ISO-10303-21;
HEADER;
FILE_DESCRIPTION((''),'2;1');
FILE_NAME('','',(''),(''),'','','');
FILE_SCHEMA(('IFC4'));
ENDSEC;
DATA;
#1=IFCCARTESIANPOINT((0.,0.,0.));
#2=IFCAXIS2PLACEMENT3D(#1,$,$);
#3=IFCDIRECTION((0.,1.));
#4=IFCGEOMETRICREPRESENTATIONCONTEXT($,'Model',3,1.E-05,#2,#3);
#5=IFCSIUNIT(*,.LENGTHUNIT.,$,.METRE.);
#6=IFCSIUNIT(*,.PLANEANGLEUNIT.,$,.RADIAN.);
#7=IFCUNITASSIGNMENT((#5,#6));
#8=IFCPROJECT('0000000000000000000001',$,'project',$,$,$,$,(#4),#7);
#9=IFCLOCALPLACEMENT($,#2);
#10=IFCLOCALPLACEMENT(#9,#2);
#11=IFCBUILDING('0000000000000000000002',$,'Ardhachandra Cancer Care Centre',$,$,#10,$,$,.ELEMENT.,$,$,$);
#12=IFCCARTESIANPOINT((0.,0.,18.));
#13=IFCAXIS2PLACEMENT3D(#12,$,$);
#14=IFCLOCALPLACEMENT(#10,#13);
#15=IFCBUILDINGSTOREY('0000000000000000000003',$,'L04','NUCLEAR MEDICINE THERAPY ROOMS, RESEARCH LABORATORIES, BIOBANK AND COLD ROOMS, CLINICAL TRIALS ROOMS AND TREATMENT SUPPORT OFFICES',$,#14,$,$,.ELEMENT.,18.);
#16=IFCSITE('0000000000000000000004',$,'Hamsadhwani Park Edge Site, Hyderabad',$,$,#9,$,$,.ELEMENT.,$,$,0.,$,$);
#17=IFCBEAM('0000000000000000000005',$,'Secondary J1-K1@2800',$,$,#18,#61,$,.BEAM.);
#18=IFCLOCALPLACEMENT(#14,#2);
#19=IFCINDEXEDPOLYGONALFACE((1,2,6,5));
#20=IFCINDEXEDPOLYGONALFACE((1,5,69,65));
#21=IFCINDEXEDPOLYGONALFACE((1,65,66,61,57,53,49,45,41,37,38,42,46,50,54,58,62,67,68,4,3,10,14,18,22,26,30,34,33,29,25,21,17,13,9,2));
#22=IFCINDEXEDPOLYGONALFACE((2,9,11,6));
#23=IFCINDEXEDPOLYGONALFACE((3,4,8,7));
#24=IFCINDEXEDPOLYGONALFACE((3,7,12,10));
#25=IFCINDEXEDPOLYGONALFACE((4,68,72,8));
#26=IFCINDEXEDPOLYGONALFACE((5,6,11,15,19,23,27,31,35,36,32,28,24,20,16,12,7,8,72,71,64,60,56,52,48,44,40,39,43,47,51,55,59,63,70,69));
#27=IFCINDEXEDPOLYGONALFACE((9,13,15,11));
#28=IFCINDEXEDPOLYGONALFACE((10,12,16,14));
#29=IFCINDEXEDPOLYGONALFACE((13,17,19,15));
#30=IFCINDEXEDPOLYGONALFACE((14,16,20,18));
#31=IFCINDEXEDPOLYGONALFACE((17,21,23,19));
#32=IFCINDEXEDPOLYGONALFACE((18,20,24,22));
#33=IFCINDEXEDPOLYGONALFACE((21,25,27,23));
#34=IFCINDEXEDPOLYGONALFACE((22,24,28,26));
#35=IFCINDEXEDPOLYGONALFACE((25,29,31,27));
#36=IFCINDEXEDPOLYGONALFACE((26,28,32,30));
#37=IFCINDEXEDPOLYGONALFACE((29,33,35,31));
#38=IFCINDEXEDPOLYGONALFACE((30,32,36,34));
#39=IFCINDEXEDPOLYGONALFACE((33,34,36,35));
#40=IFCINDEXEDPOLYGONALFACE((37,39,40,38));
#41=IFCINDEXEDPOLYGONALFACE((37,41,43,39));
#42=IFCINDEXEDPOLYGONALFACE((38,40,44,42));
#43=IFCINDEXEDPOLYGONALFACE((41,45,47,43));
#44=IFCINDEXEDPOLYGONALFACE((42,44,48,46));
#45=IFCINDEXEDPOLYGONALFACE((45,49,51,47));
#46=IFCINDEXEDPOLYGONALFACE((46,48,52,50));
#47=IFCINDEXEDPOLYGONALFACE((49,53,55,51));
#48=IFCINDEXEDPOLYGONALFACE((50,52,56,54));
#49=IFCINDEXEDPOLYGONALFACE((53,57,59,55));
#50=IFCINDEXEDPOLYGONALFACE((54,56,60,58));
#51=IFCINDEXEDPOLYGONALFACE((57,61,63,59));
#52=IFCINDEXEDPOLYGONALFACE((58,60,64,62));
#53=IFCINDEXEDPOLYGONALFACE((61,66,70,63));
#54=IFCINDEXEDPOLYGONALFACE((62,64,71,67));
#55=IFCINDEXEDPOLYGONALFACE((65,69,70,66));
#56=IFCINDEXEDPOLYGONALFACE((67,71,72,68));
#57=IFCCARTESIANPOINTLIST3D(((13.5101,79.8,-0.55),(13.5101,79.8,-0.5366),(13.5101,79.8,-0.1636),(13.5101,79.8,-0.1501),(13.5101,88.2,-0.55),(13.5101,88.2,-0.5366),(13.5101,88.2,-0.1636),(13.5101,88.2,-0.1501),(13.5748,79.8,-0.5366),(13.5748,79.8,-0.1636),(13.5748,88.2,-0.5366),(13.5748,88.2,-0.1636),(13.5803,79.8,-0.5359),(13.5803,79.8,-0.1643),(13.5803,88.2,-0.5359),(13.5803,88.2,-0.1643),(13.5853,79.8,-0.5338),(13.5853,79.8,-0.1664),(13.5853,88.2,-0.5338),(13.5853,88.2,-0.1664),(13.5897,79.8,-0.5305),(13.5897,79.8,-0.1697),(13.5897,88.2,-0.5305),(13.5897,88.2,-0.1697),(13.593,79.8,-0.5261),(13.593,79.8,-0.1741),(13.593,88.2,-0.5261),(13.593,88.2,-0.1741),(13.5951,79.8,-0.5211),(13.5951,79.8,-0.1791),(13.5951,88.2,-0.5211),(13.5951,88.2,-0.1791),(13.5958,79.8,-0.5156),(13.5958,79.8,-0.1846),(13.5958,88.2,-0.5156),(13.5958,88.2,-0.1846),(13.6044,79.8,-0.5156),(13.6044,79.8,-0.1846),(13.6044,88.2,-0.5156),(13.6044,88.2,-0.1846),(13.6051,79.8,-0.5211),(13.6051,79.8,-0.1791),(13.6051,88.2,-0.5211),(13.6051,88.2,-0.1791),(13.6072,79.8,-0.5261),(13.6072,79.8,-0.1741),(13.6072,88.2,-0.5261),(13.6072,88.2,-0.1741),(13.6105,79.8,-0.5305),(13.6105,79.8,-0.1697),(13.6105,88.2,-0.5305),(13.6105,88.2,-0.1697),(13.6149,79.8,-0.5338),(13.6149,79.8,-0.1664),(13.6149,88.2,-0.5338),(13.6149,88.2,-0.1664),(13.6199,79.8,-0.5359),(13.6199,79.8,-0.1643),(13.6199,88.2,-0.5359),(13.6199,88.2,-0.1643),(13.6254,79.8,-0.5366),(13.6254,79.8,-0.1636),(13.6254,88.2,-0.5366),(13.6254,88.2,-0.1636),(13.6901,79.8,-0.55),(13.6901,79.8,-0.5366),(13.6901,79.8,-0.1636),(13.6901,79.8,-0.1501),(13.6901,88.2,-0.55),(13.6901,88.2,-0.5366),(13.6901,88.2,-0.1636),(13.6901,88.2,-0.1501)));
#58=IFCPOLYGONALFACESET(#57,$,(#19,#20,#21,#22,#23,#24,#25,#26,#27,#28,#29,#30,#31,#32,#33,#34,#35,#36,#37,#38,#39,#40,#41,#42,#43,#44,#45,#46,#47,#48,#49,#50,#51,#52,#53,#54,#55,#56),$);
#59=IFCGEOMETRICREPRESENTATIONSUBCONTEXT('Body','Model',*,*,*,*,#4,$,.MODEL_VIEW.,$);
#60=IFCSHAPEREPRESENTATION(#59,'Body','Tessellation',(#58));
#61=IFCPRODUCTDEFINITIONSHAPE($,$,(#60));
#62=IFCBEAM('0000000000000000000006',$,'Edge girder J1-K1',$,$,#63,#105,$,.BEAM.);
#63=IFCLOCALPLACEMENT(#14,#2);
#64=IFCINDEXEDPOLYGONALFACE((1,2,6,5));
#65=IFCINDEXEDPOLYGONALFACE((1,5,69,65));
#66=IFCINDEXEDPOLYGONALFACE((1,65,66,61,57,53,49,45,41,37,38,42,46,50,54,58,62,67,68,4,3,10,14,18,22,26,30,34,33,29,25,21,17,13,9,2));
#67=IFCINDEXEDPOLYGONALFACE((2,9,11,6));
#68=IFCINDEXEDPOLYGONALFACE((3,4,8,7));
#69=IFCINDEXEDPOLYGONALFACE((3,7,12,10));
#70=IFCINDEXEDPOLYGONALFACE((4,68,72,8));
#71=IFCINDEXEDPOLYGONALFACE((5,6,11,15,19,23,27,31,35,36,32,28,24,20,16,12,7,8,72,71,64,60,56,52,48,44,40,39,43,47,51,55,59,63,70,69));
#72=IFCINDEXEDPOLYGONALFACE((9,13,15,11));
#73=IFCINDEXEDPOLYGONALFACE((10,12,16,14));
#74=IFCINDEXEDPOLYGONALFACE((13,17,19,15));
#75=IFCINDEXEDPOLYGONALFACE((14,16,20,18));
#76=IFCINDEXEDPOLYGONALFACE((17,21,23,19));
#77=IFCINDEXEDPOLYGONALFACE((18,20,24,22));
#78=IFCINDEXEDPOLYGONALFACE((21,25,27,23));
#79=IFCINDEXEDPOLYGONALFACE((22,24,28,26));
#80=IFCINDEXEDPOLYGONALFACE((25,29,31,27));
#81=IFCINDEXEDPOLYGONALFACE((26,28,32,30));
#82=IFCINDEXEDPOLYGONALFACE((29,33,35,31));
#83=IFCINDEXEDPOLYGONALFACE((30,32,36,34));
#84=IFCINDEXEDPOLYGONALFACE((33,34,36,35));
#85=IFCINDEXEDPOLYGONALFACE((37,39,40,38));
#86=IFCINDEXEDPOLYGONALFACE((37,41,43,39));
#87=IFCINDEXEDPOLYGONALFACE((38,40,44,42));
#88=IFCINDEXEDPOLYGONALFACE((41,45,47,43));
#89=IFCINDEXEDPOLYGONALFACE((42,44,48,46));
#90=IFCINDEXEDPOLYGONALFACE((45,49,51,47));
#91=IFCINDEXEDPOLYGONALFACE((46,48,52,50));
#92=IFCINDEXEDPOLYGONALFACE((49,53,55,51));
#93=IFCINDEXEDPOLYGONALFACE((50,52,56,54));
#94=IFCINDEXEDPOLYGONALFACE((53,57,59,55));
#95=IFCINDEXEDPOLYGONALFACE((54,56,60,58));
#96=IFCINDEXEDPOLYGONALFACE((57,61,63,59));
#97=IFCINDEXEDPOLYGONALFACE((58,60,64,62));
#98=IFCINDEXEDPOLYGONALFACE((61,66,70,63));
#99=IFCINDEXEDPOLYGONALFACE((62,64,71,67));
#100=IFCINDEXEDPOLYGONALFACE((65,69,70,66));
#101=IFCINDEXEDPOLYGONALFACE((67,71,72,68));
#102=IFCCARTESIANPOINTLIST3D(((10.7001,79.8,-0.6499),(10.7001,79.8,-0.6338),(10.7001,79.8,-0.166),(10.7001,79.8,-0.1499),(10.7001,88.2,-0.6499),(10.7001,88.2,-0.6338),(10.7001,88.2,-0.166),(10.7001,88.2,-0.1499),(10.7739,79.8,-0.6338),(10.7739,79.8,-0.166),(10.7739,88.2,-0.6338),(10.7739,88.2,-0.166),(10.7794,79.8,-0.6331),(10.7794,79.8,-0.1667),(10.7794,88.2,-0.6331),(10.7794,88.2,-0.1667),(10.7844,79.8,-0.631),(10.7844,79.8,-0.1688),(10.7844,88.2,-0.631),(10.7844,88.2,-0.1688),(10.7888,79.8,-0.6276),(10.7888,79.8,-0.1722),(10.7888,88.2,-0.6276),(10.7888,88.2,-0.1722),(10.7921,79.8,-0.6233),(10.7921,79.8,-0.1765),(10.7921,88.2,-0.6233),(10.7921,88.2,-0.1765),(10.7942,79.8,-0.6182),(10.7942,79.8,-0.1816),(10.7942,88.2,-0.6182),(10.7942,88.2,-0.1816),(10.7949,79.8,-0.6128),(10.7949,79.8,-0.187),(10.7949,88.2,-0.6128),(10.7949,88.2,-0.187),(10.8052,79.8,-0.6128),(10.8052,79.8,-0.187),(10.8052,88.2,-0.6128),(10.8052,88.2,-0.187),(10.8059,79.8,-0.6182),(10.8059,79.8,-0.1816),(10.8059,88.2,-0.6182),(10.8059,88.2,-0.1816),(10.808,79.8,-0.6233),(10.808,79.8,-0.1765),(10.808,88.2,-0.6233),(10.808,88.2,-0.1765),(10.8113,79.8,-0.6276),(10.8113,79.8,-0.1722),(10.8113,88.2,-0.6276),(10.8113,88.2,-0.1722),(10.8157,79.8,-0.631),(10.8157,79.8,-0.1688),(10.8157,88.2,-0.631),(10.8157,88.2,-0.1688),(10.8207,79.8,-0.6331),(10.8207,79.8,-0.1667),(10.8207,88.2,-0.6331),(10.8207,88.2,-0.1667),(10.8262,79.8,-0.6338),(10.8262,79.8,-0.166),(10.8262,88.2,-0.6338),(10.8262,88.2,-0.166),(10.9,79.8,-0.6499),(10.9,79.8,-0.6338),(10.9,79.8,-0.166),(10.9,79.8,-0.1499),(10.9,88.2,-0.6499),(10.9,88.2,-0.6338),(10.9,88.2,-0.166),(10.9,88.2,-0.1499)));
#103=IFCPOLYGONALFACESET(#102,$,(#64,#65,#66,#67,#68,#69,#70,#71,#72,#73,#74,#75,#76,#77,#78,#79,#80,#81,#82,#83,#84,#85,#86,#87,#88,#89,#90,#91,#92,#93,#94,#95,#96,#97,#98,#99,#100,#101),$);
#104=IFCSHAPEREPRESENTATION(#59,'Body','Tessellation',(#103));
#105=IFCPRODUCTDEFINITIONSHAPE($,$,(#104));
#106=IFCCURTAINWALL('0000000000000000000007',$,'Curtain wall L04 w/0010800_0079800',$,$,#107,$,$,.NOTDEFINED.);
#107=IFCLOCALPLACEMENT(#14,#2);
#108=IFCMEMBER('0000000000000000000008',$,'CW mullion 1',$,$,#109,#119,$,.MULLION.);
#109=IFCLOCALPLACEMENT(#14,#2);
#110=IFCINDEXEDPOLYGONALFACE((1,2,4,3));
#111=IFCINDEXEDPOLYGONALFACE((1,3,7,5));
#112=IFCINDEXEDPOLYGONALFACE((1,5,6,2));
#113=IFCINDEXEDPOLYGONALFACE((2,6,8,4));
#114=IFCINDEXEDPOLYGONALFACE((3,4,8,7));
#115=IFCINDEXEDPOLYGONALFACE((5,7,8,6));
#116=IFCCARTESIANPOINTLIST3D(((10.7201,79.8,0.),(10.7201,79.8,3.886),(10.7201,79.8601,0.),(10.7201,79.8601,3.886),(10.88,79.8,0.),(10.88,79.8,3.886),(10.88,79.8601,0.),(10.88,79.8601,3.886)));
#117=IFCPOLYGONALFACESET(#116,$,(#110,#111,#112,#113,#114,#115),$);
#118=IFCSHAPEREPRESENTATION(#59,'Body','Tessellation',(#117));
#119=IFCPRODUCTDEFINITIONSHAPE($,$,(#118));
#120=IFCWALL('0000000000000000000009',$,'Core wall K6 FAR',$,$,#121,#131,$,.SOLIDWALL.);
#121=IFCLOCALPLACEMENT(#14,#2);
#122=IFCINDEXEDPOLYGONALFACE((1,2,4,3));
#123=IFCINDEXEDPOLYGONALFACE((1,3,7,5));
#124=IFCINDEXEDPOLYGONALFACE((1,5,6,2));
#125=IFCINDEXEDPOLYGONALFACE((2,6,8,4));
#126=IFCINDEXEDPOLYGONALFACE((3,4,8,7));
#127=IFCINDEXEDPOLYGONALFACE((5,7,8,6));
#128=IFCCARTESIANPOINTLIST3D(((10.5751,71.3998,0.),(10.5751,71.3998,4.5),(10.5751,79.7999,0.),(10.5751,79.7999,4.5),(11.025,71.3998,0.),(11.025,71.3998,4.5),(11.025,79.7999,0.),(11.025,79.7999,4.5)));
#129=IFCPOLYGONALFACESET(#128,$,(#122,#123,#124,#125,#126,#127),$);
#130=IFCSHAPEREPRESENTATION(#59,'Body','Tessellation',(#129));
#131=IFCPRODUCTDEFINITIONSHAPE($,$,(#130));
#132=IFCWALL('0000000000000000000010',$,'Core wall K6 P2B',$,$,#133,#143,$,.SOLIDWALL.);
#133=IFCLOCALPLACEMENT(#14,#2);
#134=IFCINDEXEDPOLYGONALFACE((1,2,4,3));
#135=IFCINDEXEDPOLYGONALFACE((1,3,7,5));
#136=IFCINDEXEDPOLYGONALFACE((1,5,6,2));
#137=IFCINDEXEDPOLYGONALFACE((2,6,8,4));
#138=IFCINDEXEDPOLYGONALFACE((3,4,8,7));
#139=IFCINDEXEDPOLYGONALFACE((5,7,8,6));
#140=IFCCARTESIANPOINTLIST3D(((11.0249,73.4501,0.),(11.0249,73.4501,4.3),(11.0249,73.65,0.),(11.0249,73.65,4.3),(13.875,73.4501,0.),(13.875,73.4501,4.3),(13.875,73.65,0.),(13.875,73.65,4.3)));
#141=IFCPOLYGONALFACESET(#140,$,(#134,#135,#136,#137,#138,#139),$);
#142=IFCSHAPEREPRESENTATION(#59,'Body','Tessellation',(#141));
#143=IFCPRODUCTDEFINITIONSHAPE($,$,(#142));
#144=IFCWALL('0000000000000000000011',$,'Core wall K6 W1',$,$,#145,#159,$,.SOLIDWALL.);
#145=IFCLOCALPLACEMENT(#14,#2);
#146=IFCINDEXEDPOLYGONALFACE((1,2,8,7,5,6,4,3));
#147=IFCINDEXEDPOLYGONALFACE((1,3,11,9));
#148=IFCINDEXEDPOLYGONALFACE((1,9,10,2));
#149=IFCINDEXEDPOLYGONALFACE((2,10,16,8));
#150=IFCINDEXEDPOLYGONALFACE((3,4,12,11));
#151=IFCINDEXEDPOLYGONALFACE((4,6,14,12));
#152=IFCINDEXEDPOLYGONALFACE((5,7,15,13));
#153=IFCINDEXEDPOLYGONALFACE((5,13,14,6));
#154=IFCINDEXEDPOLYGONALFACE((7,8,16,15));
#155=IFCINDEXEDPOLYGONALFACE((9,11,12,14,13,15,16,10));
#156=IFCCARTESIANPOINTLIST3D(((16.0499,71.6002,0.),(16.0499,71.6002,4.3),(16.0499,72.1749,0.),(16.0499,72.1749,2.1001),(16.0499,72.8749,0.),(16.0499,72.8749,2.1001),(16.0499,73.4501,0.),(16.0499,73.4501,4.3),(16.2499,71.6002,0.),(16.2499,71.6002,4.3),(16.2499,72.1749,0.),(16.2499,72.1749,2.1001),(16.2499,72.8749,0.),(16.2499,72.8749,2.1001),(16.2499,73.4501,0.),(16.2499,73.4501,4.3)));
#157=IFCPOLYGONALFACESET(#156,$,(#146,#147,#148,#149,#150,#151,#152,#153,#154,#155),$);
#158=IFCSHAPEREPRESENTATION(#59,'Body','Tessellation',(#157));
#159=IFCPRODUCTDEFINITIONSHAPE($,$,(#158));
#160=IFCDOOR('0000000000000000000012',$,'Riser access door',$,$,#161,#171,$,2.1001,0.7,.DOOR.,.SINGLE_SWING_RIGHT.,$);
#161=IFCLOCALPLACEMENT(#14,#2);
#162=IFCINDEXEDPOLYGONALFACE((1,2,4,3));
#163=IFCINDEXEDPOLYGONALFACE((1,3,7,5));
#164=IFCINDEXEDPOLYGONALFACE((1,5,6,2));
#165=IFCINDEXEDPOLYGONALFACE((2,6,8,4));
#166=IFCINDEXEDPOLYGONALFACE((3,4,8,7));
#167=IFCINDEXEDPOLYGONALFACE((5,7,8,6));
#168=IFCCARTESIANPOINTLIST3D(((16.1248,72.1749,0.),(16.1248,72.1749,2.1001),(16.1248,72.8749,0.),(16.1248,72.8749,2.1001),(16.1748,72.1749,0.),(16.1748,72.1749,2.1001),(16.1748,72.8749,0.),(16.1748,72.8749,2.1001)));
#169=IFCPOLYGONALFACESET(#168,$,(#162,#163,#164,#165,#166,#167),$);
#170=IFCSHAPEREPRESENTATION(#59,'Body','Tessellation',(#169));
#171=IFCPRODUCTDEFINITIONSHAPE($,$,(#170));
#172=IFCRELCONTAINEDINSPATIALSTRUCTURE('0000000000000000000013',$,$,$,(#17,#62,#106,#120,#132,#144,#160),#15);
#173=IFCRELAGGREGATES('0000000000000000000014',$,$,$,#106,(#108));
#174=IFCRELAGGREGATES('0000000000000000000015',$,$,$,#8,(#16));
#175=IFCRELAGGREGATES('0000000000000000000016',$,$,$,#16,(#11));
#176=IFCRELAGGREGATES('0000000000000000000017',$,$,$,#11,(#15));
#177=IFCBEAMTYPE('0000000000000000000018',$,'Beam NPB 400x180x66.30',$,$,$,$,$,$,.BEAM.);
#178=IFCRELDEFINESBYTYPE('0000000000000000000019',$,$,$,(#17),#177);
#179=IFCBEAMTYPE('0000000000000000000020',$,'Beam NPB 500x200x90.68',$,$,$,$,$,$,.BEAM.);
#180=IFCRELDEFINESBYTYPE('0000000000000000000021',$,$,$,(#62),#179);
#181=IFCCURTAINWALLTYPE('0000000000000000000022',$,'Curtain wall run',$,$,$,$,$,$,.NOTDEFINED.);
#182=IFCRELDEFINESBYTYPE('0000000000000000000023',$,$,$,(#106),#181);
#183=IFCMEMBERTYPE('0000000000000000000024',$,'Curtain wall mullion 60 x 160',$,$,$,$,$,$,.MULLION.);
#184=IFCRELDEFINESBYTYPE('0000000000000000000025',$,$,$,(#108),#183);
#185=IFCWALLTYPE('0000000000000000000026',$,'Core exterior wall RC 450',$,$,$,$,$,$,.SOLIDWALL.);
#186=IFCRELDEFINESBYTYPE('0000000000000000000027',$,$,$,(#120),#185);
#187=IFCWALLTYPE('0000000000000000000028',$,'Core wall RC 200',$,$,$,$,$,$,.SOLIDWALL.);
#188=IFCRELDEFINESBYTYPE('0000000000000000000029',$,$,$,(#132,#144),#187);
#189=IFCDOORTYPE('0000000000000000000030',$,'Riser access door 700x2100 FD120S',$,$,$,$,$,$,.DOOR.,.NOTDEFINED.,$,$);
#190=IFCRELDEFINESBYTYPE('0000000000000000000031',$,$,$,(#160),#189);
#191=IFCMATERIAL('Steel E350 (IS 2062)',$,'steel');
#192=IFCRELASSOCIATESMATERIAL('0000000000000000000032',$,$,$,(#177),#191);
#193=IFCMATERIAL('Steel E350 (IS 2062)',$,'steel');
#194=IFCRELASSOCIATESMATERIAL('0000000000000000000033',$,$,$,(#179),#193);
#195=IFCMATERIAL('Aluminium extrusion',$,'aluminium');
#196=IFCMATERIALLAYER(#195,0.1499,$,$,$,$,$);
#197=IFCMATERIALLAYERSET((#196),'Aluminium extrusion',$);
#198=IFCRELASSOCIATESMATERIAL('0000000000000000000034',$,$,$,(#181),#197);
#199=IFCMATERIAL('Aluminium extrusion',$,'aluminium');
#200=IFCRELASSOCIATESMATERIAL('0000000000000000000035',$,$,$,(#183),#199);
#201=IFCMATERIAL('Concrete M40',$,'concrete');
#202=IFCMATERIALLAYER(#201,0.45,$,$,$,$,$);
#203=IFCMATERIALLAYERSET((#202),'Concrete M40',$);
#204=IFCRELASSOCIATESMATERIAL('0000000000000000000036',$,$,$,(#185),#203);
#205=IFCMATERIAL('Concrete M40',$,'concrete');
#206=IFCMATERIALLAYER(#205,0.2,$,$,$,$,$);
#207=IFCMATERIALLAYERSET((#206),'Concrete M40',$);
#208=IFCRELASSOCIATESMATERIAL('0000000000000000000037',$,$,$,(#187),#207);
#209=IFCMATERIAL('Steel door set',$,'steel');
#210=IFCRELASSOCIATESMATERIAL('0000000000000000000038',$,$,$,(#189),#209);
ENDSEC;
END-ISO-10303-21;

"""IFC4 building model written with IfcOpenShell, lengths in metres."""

from ifc_helpers import new_model, si_unit, direction, frame, frame_2d, origin, origin_2d, place, context, subcontext, project, spatial, rectangle, i_section, extrude, material, layer, layer_set, material_profile, profile_set, type_object, element, fill, aggregate, save


model = new_model("IFC4")

# Units and contexts
model_context = context("Model", 3, precision=1e-05, world=origin(), true_north=direction((0.0, 1.0)))
body_context = subcontext(model_context, "Body", "Model", "MODEL_VIEW")
ifc_project = project(units=[si_unit("LENGTHUNIT", "METRE"), si_unit("PLANEANGLEUNIT", "RADIAN")], contexts=[model_context])

# Site, building, storey
site_placement = place(None, origin())
site = spatial("IfcSite", under=ifc_project, at=site_placement, Name="Hamsadhwani Park Edge Site, Hyderabad", CompositionType="ELEMENT", RefElevation=0.0)
building_placement = place(site_placement, origin())
building = spatial("IfcBuilding", under=site, at=building_placement, Name="Ardhachandra Cancer Care Centre", CompositionType="ELEMENT")
storey_placement = place(building_placement, frame((0.0, 0.0, 18.0)))
storey = spatial("IfcBuildingStorey", under=building, at=storey_placement, Name="L04", Description="NUCLEAR MEDICINE THERAPY ROOMS, RESEARCH LABORATORIES, BIOBANK AND COLD ROOMS, CLINICAL TRIALS ROOMS AND TREATMENT SUPPORT OFFICES", CompositionType="ELEMENT", Elevation=18.0)

# Beams
ifc_material_1 = material(Name="Steel E350 (IS 2062)", Category="steel")
ifc_material_profile_1 = material_profile(ifc_material_1, i_section(OverallWidth=0.1799, OverallDepth=0.3999, WebThickness=0.0085, FlangeThickness=0.0134, FilletRadius=0.021, at=origin_2d()), Name="NPB 400x180x66.30")
ifc_profile_set_1 = profile_set([ifc_material_profile_1], Name="Steel E350 (IS 2062)")
beam_type_1 = type_object("IfcBeamType", Name="Beam NPB 400x180x66.30", PredefinedType="BEAM", material=ifc_profile_set_1)
beam_1_placement = place(storey_placement, frame((13.6001, 79.8, -0.3501), z_axis=(0.0, 1.0, 0.0), x_axis=(-1.0, 0.0, 0.0)))
element("IfcBeam", 1, at=beam_1_placement, inside=storey, type_object=beam_type_1, Name="Secondary J1-K1@2800", PredefinedType="BEAM", context=body_context, shape_type="SweptSolid", body=[
    extrude(i_section(OverallWidth=0.1799, OverallDepth=0.3999, WebThickness=0.0085, FlangeThickness=0.0134, FilletRadius=0.021, at=origin_2d()), origin(), (0.0, 0.0, 1.0), 8.3999),
])
ifc_material_2 = material(Name="Steel E350 (IS 2062)", Category="steel")
ifc_material_profile_2 = material_profile(ifc_material_2, i_section(OverallWidth=0.2, OverallDepth=0.5, WebThickness=0.0103, FlangeThickness=0.0161, FilletRadius=0.021, at=origin_2d()), Name="NPB 500x200x90.68")
ifc_profile_set_2 = profile_set([ifc_material_profile_2], Name="Steel E350 (IS 2062)")
beam_type_2 = type_object("IfcBeamType", Name="Beam NPB 500x200x90.68", PredefinedType="BEAM", material=ifc_profile_set_2)
beam_2_placement = place(storey_placement, frame((10.8, 79.8, -0.3999), z_axis=(0.0, 1.0, 0.0), x_axis=(-1.0, 0.0, 0.0)))
element("IfcBeam", 2, at=beam_2_placement, inside=storey, type_object=beam_type_2, Name="Edge girder J1-K1", PredefinedType="BEAM", context=body_context, shape_type="SweptSolid", body=[
    extrude(i_section(OverallWidth=0.2, OverallDepth=0.5, WebThickness=0.0103, FlangeThickness=0.0161, FilletRadius=0.021, at=origin_2d()), origin(), (0.0, 0.0, 1.0), 8.3999),
])

# Curtain wall, member
ifc_material_3 = material(Name="Aluminium extrusion", Category="aluminium")
ifc_layer_1 = layer(ifc_material_3, 0.1499)
ifc_layer_set_1 = layer_set([ifc_layer_1], Name="Aluminium extrusion")
curtain_wall_type = type_object("IfcCurtainWallType", Name="Curtain wall run", PredefinedType="NOTDEFINED", material=ifc_layer_set_1)
curtain_wall_placement = place(storey_placement, origin())
curtain_wall = element("IfcCurtainWall", 3, at=curtain_wall_placement, inside=storey, type_object=curtain_wall_type, Name="Curtain wall L04 w/0010800_0079800", PredefinedType="NOTDEFINED")
ifc_material_4 = material(Name="Aluminium extrusion", Category="aluminium")
ifc_material_profile_3 = material_profile(ifc_material_4, rectangle(XDim=0.1599, YDim=0.0601, at=origin_2d()), Name="Curtain wall mullion 60 x 160")
ifc_profile_set_3 = profile_set([ifc_material_profile_3], Name="Aluminium extrusion")
member_type = type_object("IfcMemberType", Name="Curtain wall mullion 60 x 160", PredefinedType="MULLION", material=ifc_profile_set_3)
member_placement = place(storey_placement, frame((10.8, 79.8301, 0.0), z_axis=(0.0, 0.0, 1.0), x_axis=(-1.0, 0.0, 0.0)))
member = element("IfcMember", 4, at=member_placement, type_object=member_type, Name="CW mullion 1", PredefinedType="MULLION", context=body_context, shape_type="SweptSolid", body=[
    extrude(rectangle(XDim=0.1599, YDim=0.0601, at=origin_2d()), origin(), (0.0, 0.0, 1.0), 3.886),
])
aggregate(curtain_wall, [member])

# Walls
ifc_material_5 = material(Name="Concrete M40", Category="concrete")
ifc_layer_2 = layer(ifc_material_5, 0.45)
ifc_layer_set_2 = layer_set([ifc_layer_2], Name="Concrete M40")
wall_type_1 = type_object("IfcWallType", Name="Core exterior wall RC 450", PredefinedType="SOLIDWALL", material=ifc_layer_set_2)
wall_1_placement = place(storey_placement, frame((10.8, 79.8, 0.0), z_axis=(0.0, 0.0, 1.0), x_axis=(0.0, -1.0, 0.0)))
element("IfcWall", 5, at=wall_1_placement, inside=storey, type_object=wall_type_1, Name="Core wall K6 FAR", PredefinedType="SOLIDWALL", context=body_context, shape_type="SweptSolid", body=[
    extrude(rectangle(XDim=8.4001, YDim=0.45, at=frame_2d((4.2002, 0.0))), origin(), (0.0, 0.0, 1.0), 4.5),
])
ifc_material_6 = material(Name="Concrete M40", Category="concrete")
ifc_layer_3 = layer(ifc_material_6, 0.2)
ifc_layer_set_3 = layer_set([ifc_layer_3], Name="Concrete M40")
wall_type_2 = type_object("IfcWallType", Name="Core wall RC 200", PredefinedType="SOLIDWALL", material=ifc_layer_set_3)
wall_2_placement = place(storey_placement, frame((13.875, 73.55, 0.0), z_axis=(0.0, 0.0, 1.0), x_axis=(-1.0, 0.0, 0.0)))
element("IfcWall", 6, at=wall_2_placement, inside=storey, type_object=wall_type_2, Name="Core wall K6 P2B", PredefinedType="SOLIDWALL", context=body_context, shape_type="SweptSolid", body=[
    extrude(rectangle(XDim=2.8501, YDim=0.2, at=frame_2d((1.425, 0.0))), origin(), (0.0, 0.0, 1.0), 4.3),
])

# Wall, opening, door
wall_3_placement = place(storey_placement, frame((16.1499, 73.45, 0.0), z_axis=(0.0, 0.0, 1.0), x_axis=(0.0, -1.0, 0.0)))
wall_3 = element("IfcWall", 7, at=wall_3_placement, inside=storey, type_object=wall_type_2, Name="Core wall K6 W1", PredefinedType="SOLIDWALL", context=body_context, shape_type="SweptSolid", body=[
    extrude(rectangle(XDim=1.8499, YDim=0.2, at=frame_2d((0.9248, 0.0))), origin(), (0.0, 0.0, 1.0), 4.3),
])
opening_1_placement = place(wall_3_placement, frame((0.575, 0.0, 0.0)))
opening_1 = element("IfcOpeningElement", 8, at=opening_1_placement, cuts=wall_3, PredefinedType="OPENING", context=body_context, shape_type="SweptSolid", body=[
    extrude(rectangle(XDim=0.7, YDim=2.1001, at=frame_2d((0.3501, 1.05))), frame((0.0, 0.1099, 0.0), z_axis=(0.0, -1.0, 0.0), x_axis=(1.0, 0.0, 0.0)), (0.0, 0.0, 1.0), 0.22),
])
ifc_material_7 = material(Name="Steel door set", Category="steel")
door_type = type_object("IfcDoorType", Name="Riser access door 700x2100 FD120S", OperationType="NOTDEFINED", PredefinedType="DOOR", material=ifc_material_7)
door_1_placement = place(opening_1_placement, origin())
door_1 = element("IfcDoor", 9, at=door_1_placement, inside=storey, type_object=door_type, Name="Riser access door", OperationType="SINGLE_SWING_RIGHT", OverallHeight=2.1001, OverallWidth=0.7, PredefinedType="DOOR", context=body_context, shape_type="SweptSolid", body=[
    extrude(rectangle(XDim=0.7, YDim=2.1001, at=frame_2d((0.3501, 1.05))), frame((0.0, 0.0249, 0.0), z_axis=(0.0, -1.0, 0.0), x_axis=(1.0, 0.0, 0.0)), (0.0, 0.0, 1.0), 0.05),
])
fill(opening_1, door_1)

save(model, "model.ifc")
